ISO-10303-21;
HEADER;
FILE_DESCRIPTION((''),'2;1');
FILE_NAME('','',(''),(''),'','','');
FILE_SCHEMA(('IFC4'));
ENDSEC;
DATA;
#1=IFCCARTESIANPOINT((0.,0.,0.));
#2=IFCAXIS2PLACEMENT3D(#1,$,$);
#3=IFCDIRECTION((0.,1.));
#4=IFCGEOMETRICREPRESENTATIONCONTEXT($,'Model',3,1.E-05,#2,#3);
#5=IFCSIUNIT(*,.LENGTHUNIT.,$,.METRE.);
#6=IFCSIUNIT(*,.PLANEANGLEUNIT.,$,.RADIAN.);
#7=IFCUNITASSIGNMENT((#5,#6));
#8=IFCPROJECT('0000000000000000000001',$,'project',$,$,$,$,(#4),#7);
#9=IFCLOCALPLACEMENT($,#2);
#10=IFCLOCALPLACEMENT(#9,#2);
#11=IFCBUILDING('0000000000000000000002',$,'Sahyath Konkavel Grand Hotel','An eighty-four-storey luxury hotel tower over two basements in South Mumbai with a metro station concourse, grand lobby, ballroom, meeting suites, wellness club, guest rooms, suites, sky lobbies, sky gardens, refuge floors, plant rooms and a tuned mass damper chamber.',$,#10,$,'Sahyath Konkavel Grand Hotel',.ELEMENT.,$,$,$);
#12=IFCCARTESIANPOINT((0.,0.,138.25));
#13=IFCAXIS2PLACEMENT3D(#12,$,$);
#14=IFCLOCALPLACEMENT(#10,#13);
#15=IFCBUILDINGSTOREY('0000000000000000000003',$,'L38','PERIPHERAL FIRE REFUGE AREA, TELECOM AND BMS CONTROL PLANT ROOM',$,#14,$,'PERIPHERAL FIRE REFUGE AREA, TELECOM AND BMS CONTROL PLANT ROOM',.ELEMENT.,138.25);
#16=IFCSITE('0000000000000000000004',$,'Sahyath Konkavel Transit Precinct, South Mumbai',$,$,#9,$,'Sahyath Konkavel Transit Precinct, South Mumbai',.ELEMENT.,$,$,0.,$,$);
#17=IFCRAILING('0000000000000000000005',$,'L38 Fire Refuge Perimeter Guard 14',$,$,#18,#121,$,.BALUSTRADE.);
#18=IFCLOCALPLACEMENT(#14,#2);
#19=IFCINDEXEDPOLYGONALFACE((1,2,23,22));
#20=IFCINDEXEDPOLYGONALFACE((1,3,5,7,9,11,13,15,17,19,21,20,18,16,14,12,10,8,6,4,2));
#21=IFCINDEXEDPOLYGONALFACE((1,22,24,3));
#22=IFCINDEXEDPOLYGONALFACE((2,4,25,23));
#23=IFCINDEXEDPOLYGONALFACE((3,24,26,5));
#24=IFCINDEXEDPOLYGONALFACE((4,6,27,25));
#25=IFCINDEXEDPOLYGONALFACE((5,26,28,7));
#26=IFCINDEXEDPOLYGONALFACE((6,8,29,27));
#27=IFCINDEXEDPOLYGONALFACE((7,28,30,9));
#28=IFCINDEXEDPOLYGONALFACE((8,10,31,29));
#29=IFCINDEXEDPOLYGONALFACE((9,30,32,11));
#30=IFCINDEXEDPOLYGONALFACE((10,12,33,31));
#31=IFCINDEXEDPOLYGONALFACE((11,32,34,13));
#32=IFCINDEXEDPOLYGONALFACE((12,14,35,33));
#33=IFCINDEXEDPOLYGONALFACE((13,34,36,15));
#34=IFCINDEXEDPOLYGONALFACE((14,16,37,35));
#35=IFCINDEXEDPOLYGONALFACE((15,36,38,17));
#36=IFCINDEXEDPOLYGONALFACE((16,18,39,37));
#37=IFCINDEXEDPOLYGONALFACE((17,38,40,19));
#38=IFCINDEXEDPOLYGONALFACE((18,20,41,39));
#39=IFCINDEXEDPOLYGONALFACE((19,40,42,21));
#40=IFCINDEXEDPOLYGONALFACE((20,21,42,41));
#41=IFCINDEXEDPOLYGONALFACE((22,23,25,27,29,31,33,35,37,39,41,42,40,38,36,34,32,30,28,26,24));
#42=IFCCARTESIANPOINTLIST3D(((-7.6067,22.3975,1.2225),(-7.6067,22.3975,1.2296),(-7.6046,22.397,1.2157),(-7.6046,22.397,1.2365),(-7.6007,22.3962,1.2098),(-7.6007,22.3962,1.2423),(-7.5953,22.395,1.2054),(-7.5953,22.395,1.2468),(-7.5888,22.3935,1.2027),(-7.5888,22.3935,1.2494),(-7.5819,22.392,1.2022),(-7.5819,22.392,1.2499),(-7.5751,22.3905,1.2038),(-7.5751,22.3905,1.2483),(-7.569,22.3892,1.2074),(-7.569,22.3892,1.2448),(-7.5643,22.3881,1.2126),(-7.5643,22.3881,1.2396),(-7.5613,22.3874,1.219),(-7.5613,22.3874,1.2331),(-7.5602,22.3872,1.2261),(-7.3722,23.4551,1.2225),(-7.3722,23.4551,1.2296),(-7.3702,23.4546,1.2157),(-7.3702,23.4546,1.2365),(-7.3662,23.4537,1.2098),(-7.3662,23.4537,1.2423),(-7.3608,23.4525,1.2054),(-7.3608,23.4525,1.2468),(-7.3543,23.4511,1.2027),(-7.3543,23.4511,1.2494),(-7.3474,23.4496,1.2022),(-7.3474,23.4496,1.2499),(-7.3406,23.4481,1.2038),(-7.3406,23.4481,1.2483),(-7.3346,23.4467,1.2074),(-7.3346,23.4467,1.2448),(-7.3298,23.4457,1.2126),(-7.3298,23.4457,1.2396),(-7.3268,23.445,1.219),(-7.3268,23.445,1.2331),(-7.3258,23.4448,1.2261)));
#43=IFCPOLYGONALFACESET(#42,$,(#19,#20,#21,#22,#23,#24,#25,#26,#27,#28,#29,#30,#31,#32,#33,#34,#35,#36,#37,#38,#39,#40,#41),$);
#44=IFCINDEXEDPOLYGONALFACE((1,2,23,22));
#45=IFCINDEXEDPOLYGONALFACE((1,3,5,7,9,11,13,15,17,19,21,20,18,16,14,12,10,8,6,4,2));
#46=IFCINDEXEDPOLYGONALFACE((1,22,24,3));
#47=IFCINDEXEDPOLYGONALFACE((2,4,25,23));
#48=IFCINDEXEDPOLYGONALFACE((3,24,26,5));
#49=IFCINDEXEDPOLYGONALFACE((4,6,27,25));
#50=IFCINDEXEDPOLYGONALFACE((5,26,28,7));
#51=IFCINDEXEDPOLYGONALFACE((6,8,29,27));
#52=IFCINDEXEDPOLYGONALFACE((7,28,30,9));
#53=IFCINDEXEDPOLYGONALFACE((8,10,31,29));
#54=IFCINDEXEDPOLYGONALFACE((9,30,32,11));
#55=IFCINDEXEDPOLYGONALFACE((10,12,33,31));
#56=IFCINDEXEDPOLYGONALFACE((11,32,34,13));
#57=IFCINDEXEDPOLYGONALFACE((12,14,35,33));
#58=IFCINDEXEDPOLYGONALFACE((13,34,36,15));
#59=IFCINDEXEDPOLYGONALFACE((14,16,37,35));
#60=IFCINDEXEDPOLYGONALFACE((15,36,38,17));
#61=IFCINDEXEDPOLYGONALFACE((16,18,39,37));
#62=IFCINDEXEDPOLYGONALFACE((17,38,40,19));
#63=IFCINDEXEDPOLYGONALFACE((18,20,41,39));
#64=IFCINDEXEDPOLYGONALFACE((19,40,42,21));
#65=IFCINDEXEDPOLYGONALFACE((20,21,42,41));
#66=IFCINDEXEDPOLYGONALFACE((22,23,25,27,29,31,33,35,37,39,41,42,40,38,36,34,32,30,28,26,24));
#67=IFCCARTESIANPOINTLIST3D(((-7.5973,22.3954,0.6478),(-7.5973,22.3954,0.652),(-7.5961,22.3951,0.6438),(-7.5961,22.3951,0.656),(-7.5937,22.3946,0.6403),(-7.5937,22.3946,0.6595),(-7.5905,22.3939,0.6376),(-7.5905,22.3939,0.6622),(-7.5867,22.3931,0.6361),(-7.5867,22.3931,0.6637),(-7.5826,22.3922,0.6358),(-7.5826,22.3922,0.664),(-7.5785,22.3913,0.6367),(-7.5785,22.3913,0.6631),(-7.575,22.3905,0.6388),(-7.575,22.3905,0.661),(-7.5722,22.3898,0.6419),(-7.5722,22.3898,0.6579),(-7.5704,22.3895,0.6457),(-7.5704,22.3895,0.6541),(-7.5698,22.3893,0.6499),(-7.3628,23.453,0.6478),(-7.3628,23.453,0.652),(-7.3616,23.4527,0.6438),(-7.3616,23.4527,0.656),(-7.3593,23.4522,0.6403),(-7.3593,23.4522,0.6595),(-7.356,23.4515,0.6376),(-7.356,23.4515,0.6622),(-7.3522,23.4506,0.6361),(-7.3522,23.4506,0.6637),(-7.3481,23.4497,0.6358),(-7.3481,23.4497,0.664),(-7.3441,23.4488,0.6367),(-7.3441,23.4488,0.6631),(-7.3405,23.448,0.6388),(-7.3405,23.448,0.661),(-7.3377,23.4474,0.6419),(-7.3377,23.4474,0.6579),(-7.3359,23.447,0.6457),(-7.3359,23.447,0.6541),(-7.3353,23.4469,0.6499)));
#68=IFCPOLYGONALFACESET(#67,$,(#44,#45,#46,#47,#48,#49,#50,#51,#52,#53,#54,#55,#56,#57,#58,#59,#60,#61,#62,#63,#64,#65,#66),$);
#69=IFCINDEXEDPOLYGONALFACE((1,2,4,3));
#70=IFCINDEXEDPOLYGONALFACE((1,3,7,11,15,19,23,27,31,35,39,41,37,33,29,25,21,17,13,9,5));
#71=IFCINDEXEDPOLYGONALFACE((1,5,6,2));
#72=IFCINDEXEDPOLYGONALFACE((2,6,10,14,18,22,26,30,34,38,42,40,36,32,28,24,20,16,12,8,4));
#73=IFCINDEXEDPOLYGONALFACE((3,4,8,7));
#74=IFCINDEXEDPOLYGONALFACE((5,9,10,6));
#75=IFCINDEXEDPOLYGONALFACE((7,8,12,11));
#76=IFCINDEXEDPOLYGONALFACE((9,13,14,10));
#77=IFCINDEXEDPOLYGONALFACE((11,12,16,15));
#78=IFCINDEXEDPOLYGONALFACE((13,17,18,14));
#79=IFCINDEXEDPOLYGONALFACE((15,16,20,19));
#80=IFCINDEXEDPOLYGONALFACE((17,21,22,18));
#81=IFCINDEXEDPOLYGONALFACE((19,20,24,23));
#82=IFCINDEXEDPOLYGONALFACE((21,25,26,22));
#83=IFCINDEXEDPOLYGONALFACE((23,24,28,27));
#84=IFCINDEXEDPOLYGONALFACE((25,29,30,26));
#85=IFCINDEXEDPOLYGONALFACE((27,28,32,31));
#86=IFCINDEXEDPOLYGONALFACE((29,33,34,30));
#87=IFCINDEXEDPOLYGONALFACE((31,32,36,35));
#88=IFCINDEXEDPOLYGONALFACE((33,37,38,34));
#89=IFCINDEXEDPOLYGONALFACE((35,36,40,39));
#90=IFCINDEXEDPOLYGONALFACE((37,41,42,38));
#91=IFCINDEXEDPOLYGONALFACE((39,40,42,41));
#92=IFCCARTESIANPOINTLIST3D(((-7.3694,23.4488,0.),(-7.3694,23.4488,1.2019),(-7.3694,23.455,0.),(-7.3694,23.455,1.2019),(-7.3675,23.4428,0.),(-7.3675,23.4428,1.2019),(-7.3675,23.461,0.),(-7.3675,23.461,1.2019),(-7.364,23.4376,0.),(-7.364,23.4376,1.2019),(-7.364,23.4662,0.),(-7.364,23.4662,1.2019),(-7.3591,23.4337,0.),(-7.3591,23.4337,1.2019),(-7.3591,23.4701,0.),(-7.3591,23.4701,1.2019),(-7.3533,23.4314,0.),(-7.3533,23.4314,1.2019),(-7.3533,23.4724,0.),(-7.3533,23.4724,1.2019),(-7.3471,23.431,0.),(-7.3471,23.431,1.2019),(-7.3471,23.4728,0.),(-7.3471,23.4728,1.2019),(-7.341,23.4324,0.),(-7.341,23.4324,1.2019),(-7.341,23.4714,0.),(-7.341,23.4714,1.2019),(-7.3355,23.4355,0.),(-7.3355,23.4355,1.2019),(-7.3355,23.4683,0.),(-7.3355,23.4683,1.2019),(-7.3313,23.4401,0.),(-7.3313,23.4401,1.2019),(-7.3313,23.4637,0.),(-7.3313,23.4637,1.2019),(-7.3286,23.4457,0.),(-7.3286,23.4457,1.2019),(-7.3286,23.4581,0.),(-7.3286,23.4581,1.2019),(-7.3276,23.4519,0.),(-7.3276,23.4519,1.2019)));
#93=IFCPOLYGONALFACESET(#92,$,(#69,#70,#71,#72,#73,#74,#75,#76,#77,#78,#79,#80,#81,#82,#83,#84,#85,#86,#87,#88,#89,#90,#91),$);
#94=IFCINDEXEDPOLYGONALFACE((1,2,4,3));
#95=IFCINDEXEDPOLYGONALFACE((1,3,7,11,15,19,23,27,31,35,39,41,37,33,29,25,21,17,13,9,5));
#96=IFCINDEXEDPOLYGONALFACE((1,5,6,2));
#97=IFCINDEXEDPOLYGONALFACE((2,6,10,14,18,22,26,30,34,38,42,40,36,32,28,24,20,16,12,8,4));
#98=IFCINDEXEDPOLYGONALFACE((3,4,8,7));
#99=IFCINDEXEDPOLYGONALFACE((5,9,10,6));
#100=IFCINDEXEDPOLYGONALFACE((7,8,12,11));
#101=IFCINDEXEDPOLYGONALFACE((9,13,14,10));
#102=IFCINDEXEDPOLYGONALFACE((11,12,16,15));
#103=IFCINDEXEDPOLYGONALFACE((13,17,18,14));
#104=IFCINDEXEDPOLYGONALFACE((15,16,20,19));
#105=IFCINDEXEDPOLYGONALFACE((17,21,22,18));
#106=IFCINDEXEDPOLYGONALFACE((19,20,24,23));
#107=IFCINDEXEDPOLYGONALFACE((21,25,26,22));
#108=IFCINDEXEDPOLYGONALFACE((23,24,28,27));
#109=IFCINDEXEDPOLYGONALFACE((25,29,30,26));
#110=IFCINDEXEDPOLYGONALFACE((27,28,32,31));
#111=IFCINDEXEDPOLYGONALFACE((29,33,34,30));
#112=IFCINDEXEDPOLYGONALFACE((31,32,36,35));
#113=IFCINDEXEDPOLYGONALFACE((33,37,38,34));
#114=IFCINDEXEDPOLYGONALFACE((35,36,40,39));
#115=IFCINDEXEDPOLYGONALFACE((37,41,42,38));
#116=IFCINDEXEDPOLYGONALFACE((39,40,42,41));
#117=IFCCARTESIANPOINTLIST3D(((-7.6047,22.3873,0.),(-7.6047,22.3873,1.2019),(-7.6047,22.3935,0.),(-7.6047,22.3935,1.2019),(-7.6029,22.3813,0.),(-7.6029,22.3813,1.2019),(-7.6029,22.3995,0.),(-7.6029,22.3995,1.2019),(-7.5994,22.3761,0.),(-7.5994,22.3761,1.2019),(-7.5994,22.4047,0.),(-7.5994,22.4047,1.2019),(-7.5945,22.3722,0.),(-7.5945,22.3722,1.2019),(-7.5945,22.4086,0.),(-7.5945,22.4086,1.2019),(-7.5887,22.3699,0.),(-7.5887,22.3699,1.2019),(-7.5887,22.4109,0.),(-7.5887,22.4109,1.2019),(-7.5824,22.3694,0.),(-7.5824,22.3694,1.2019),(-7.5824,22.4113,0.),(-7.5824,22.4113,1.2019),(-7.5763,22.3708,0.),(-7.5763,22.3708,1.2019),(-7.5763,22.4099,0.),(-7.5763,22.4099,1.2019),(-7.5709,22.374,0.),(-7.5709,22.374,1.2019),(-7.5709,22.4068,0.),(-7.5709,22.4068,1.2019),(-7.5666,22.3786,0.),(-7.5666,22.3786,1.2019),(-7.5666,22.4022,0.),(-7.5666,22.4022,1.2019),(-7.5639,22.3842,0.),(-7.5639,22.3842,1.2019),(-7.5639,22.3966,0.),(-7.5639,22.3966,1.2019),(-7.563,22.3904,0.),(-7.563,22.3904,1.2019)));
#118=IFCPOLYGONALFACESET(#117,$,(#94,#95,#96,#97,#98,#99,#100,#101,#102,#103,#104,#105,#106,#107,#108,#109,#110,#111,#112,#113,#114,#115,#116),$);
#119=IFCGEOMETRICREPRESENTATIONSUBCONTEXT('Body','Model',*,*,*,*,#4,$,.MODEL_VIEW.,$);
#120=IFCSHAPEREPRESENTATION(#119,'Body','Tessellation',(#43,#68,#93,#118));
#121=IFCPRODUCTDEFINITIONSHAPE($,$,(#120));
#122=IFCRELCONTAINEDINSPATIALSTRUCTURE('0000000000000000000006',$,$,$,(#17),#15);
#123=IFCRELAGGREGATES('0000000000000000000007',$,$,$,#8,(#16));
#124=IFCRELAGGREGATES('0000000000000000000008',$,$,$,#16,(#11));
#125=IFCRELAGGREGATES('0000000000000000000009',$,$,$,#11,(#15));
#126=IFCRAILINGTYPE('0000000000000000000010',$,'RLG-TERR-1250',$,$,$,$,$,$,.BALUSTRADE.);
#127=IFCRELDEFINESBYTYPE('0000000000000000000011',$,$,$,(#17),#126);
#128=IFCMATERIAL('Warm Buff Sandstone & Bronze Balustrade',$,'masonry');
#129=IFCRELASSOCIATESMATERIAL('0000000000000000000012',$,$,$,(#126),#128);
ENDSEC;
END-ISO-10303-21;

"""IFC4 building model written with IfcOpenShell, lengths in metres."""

from ifc_helpers import new_model, si_unit, direction, frame, origin, origin_2d, place, context, subcontext, project, spatial, circle, extrude, material, type_object, element, save


model = new_model("IFC4")

# Units and contexts
model_context = context("Model", 3, precision=1e-05, world=origin(), true_north=direction((0.0, 1.0)))
body_context = subcontext(model_context, "Body", "Model", "MODEL_VIEW")
ifc_project = project(units=[si_unit("LENGTHUNIT", "METRE"), si_unit("PLANEANGLEUNIT", "RADIAN")], contexts=[model_context])

# Site, building, storey
site_placement = place(None, origin())
site = spatial("IfcSite", under=ifc_project, at=site_placement, Name="Sahyath Konkavel Transit Precinct, South Mumbai", LongName="Sahyath Konkavel Transit Precinct, South Mumbai", CompositionType="ELEMENT", RefElevation=0.0)
building_placement = place(site_placement, origin())
building = spatial("IfcBuilding", under=site, at=building_placement, Name="Sahyath Konkavel Grand Hotel", Description="An eighty-four-storey luxury hotel tower over two basements in South Mumbai with a metro station concourse, grand lobby, ballroom, meeting suites, wellness club, guest rooms, suites, sky lobbies, sky gardens, refuge floors, plant rooms and a tuned mass damper chamber.", LongName="Sahyath Konkavel Grand Hotel", CompositionType="ELEMENT")
storey_placement = place(building_placement, frame((0.0, 0.0, 138.25)))
storey = spatial("IfcBuildingStorey", under=building, at=storey_placement, Name="L38", Description="PERIPHERAL FIRE REFUGE AREA, TELECOM AND BMS CONTROL PLANT ROOM", LongName="PERIPHERAL FIRE REFUGE AREA, TELECOM AND BMS CONTROL PLANT ROOM", CompositionType="ELEMENT", Elevation=138.25)

# Railing
ifc_material_1 = material(Name="Warm Buff Sandstone & Bronze Balustrade", Category="masonry")
railing_type = type_object("IfcRailingType", Name="RLG-TERR-1250", PredefinedType="BALUSTRADE", material=ifc_material_1)
railing_1_placement = place(storey_placement, frame((-7.3486, 23.4519, 0.0)))
element("IfcRailing", 1, at=railing_1_placement, inside=storey, type_object=railing_type, Name="L38 Fire Refuge Perimeter Guard 14", PredefinedType="BALUSTRADE", context=body_context, shape_type="SweptSolid", body=[
    extrude(circle(Radius=0.0239, at=origin_2d()), frame((-0.0005, -0.002, 1.2261), z_axis=(-0.216455, -0.976293, 0.0), x_axis=(0.976293, -0.216455, 0.0)), (0.0, 0.0, 1.0), 1.0833),
    extrude(circle(Radius=0.0142, at=origin_2d()), frame((-0.0005, -0.002, 0.6499), z_axis=(-0.216455, -0.976293, 0.0), x_axis=(0.976293, -0.216455, 0.0)), (0.0, 0.0, 1.0), 1.0833),
    extrude(circle(Radius=0.021, at=origin_2d()), origin(), (0.0, 0.0, 1.0), 1.2019),
    extrude(circle(Radius=0.021, at=origin_2d()), frame((-0.2354, -1.0615, 0.0)), (0.0, 0.0, 1.0), 1.2019),
])

save(model, "model.ifc")
